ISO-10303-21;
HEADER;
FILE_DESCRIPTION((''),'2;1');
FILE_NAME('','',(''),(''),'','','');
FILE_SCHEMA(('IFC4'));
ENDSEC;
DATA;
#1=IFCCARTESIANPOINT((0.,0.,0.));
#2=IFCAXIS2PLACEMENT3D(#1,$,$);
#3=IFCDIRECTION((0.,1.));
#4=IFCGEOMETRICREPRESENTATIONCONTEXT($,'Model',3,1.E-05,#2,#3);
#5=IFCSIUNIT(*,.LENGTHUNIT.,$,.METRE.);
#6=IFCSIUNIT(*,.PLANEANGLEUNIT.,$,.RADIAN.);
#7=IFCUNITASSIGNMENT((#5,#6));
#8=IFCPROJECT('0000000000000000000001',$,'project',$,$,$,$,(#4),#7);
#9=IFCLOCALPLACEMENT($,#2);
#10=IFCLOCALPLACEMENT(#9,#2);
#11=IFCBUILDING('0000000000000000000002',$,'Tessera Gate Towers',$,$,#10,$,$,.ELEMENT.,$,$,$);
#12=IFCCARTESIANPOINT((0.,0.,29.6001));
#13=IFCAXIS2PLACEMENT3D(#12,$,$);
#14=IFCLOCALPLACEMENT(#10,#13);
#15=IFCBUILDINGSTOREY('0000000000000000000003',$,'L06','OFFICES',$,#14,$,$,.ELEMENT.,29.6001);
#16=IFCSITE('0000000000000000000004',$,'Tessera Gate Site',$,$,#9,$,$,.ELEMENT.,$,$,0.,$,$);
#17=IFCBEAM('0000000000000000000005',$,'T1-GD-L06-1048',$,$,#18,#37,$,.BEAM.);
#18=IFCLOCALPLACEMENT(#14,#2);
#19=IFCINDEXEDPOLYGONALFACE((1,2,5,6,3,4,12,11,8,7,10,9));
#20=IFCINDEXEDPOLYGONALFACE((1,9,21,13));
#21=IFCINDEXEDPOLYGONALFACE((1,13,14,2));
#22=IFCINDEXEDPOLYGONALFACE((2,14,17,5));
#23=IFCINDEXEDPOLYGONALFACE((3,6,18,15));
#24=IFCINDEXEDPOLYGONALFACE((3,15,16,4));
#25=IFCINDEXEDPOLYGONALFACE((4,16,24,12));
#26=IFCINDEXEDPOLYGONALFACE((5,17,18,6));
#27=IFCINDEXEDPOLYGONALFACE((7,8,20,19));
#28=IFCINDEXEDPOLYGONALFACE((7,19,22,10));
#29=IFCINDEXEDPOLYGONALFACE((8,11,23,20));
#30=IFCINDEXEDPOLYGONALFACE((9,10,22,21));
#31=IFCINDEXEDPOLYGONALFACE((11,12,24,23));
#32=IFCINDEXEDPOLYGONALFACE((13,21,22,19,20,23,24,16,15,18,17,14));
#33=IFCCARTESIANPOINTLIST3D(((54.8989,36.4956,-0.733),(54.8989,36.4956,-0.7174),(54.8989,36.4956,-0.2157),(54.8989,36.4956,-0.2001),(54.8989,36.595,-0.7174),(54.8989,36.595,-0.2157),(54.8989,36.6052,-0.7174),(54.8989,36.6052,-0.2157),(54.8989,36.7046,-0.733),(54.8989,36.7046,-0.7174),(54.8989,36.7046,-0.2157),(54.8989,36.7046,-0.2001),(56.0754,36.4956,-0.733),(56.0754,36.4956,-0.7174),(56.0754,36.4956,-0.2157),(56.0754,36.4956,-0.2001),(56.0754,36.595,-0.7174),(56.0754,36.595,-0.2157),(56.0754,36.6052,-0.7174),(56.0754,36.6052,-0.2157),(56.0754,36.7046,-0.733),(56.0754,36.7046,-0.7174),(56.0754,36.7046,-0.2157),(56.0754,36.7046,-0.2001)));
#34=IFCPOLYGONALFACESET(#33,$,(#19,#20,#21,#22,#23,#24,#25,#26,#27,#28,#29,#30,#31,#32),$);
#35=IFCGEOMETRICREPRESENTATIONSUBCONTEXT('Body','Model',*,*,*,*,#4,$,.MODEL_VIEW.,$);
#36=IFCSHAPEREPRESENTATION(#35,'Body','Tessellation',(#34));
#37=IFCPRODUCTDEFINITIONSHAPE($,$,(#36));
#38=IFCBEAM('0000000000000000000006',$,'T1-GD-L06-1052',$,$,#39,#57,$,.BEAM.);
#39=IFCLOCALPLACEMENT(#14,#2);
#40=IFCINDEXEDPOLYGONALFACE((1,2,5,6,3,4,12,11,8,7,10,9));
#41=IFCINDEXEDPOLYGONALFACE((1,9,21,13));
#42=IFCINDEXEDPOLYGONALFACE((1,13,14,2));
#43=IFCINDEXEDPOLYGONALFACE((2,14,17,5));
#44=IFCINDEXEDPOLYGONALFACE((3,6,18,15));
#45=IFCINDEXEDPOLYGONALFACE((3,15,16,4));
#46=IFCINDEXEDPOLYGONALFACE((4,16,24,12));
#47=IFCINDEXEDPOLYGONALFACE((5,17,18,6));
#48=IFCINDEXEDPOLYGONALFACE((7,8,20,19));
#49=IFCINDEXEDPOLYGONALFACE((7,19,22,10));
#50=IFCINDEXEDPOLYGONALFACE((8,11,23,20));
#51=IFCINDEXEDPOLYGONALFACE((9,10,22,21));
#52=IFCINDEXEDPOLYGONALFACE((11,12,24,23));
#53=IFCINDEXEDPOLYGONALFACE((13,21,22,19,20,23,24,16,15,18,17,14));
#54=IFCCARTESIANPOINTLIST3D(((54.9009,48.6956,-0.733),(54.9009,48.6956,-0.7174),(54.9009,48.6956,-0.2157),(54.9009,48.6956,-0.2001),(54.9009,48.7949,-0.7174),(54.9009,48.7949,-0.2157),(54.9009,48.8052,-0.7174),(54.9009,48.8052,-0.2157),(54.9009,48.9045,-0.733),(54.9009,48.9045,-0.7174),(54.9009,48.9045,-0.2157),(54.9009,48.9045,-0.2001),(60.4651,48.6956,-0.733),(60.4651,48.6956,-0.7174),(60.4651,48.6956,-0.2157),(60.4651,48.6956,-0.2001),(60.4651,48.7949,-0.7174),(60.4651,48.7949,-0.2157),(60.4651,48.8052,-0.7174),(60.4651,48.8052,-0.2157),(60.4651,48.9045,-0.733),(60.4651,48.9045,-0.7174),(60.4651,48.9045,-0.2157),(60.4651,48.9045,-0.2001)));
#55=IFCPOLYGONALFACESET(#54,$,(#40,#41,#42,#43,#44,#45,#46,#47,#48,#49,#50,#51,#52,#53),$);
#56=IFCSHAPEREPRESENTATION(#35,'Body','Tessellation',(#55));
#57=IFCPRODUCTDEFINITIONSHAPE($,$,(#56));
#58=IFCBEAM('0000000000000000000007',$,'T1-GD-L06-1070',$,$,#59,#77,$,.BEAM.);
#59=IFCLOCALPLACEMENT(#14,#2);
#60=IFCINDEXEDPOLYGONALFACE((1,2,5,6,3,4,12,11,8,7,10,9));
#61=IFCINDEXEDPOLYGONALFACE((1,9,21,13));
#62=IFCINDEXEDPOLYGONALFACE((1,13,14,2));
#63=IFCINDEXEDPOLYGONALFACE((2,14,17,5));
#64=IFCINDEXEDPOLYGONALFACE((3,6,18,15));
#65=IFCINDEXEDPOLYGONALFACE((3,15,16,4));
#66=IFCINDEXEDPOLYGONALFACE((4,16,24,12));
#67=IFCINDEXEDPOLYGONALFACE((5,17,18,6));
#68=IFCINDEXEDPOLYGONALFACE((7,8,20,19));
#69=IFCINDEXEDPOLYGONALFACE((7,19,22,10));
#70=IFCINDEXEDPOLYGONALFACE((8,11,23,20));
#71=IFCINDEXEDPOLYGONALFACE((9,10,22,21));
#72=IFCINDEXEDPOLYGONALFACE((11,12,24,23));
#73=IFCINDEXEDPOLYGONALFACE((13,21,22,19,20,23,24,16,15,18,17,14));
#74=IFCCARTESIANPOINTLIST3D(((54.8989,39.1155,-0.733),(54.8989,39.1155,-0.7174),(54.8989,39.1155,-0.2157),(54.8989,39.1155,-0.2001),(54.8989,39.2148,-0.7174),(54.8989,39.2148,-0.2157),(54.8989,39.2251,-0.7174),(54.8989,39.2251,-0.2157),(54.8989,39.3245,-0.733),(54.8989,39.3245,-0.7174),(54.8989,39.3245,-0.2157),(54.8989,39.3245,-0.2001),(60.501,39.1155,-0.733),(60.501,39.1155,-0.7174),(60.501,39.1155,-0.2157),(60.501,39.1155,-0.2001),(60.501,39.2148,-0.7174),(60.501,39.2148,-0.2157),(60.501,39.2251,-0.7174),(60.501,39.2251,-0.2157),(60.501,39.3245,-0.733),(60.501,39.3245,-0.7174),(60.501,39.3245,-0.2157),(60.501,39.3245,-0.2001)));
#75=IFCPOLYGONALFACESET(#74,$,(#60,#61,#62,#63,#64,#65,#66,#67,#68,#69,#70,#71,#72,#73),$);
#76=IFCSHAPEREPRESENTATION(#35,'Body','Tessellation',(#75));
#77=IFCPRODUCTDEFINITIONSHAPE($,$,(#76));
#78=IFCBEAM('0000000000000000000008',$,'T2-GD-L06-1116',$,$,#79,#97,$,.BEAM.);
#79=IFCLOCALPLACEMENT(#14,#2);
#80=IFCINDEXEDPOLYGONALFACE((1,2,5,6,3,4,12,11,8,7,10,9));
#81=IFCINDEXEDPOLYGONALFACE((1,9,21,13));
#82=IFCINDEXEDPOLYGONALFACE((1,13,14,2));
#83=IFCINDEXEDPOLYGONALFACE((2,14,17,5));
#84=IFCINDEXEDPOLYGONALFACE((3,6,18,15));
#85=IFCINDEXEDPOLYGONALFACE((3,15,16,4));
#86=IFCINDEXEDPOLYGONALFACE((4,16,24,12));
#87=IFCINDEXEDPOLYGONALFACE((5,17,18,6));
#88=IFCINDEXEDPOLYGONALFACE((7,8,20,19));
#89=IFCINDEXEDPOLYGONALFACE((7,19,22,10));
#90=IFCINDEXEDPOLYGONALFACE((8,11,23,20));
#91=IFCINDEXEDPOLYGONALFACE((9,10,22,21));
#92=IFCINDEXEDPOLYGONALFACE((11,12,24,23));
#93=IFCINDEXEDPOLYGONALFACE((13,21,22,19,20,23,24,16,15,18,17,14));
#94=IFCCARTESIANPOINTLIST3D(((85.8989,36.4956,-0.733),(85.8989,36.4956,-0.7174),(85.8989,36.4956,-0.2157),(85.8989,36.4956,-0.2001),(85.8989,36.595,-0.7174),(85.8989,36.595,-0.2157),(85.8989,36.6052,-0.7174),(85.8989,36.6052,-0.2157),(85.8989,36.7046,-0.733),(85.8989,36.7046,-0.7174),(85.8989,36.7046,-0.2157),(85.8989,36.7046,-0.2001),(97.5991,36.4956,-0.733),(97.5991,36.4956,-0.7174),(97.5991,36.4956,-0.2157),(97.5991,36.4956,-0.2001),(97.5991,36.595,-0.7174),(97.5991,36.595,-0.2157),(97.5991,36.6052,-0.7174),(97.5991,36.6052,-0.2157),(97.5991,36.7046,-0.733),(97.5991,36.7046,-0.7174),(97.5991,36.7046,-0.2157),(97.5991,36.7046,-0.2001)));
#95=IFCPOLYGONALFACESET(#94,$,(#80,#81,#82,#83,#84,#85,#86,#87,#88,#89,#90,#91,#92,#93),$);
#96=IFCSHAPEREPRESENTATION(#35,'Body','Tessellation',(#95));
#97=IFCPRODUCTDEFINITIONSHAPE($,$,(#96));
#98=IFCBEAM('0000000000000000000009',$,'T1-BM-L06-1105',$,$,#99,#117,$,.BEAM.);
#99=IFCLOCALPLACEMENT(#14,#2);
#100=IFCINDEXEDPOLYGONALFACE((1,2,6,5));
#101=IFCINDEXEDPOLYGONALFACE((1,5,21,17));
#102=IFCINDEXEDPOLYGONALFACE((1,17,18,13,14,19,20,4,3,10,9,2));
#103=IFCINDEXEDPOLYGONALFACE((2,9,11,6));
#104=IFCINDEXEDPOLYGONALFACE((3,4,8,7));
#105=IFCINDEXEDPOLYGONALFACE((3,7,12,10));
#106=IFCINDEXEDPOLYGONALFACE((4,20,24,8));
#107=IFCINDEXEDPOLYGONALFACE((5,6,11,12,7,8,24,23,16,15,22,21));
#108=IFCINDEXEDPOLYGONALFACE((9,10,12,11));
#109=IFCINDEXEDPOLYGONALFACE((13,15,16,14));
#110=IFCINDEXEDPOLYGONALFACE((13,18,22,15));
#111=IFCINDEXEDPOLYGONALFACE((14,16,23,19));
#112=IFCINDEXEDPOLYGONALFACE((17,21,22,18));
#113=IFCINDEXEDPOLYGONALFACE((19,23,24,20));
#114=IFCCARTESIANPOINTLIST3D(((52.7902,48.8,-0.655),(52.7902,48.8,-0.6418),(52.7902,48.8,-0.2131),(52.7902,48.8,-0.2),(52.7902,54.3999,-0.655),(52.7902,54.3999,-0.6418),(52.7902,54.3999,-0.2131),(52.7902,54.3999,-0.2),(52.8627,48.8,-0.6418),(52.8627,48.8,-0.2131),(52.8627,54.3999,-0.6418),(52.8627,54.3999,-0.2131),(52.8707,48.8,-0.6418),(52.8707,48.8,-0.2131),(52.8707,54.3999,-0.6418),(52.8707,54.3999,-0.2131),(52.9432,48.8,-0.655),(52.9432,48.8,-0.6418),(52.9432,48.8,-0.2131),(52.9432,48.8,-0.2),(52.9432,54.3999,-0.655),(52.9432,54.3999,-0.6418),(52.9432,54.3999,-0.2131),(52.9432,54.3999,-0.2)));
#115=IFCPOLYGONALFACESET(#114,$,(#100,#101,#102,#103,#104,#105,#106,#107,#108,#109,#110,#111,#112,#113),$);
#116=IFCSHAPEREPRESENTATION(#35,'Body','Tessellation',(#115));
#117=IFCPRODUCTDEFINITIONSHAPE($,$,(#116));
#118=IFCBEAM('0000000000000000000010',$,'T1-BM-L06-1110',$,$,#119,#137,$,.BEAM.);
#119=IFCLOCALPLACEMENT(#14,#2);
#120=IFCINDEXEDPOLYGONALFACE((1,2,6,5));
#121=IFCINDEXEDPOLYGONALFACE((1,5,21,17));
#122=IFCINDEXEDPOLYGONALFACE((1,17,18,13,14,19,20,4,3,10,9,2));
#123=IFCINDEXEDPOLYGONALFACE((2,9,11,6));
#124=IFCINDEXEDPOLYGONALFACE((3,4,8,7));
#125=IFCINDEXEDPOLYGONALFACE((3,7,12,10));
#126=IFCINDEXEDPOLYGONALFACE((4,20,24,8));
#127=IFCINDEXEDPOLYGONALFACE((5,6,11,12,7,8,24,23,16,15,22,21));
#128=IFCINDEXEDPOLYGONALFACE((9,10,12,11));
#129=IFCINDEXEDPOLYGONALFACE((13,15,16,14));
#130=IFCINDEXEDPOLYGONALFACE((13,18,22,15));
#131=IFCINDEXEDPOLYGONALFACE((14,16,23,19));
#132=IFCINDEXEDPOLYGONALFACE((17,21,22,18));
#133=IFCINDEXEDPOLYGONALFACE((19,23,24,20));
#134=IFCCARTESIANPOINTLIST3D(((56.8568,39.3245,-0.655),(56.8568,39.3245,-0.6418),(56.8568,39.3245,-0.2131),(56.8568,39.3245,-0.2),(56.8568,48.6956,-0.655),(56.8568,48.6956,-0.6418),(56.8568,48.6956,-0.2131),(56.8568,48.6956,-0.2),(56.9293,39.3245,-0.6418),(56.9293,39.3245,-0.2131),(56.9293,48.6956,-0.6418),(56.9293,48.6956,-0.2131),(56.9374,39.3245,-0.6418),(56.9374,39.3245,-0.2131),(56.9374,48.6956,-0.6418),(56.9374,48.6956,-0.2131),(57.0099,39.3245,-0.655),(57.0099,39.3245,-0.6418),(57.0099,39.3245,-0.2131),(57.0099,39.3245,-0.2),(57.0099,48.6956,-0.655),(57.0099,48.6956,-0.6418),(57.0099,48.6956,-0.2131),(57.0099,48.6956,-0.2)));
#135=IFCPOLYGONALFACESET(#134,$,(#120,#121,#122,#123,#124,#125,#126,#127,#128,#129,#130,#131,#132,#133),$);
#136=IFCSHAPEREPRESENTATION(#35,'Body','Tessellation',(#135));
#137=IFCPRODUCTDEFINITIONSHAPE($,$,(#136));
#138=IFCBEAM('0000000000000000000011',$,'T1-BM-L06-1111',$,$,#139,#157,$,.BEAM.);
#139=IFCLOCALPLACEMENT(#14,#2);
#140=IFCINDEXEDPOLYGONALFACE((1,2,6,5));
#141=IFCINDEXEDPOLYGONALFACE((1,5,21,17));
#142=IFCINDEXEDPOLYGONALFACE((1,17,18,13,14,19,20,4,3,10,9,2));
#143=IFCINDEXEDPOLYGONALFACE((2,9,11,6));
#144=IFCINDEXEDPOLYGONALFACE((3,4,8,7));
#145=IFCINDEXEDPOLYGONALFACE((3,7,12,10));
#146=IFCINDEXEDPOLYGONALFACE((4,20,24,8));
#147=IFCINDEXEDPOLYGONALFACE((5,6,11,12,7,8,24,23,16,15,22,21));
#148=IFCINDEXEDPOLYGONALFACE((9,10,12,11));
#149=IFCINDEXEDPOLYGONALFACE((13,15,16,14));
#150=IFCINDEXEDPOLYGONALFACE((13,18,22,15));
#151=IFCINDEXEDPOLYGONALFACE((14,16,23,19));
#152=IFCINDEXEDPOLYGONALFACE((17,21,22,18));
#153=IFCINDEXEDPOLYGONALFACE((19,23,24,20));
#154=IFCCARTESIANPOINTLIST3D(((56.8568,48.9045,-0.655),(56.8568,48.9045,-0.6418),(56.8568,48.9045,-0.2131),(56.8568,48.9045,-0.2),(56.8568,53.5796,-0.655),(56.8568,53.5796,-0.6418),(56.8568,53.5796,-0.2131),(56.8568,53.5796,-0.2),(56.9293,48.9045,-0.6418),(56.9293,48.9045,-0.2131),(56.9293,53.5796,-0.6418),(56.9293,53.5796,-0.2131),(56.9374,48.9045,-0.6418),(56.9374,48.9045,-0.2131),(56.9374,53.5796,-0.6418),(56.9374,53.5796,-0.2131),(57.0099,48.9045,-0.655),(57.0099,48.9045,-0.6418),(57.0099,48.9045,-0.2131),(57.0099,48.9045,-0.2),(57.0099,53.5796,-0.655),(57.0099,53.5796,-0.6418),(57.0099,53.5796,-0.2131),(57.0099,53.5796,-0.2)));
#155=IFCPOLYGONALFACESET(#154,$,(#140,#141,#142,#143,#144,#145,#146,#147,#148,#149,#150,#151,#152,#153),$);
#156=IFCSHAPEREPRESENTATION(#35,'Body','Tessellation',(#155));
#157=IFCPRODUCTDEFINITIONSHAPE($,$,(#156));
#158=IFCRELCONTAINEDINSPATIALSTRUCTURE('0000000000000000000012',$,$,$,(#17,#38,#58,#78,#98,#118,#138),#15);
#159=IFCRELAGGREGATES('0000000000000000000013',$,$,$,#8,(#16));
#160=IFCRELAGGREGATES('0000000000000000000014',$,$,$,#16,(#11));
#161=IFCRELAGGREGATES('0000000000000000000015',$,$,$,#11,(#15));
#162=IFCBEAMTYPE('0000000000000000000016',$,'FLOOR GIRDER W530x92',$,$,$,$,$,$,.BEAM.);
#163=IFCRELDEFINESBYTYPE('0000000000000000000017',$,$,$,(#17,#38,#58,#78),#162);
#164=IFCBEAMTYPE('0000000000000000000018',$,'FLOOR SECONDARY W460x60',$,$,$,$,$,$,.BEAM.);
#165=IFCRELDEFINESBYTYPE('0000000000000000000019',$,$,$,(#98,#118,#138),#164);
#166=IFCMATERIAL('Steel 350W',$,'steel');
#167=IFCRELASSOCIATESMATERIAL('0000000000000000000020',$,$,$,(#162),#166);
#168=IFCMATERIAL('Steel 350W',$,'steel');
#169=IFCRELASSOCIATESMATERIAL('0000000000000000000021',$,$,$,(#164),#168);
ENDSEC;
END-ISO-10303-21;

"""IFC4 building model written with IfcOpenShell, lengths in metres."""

from ifc_helpers import new_model, si_unit, direction, frame, origin, origin_2d, place, context, subcontext, project, spatial, i_section, extrude, material, material_profile, profile_set, type_object, element, save


model = new_model("IFC4")

# Units and contexts
model_context = context("Model", 3, precision=1e-05, world=origin(), true_north=direction((0.0, 1.0)))
body_context = subcontext(model_context, "Body", "Model", "MODEL_VIEW")
ifc_project = project(units=[si_unit("LENGTHUNIT", "METRE"), si_unit("PLANEANGLEUNIT", "RADIAN")], contexts=[model_context])

# Site, building, storey
site_placement = place(None, origin())
site = spatial("IfcSite", under=ifc_project, at=site_placement, Name="Tessera Gate Site", CompositionType="ELEMENT", RefElevation=0.0)
building_placement = place(site_placement, origin())
building = spatial("IfcBuilding", under=site, at=building_placement, Name="Tessera Gate Towers", CompositionType="ELEMENT")
storey_placement = place(building_placement, frame((0.0, 0.0, 29.6001)))
storey = spatial("IfcBuildingStorey", under=building, at=storey_placement, Name="L06", Description="OFFICES", CompositionType="ELEMENT", Elevation=29.6001)

# Beams
ifc_material_1 = material(Name="Steel 350W", Category="steel")
ifc_material_profile_1 = material_profile(ifc_material_1, i_section(OverallWidth=0.209, OverallDepth=0.533, WebThickness=0.0103, FlangeThickness=0.0156, at=origin_2d()), Name="W530x92")
ifc_profile_set_1 = profile_set([ifc_material_profile_1], Name="Steel 350W")
beam_type_1 = type_object("IfcBeamType", Name="FLOOR GIRDER W530x92", PredefinedType="BEAM", material=ifc_profile_set_1)
beam_1_placement = place(storey_placement, frame((54.8989, 36.6001, -0.4666), z_axis=(1.0, 0.0, 0.0), x_axis=(0.0, 1.0, 0.0)))
element("IfcBeam", 1, at=beam_1_placement, inside=storey, type_object=beam_type_1, Name="T1-GD-L06-1048", PredefinedType="BEAM", context=body_context, shape_type="SweptSolid", body=[
    extrude(i_section(OverallWidth=0.209, OverallDepth=0.533, WebThickness=0.0103, FlangeThickness=0.0156, at=origin_2d()), origin(), (0.0, 0.0, 1.0), 1.1765),
])
beam_2_placement = place(storey_placement, frame((54.9009, 48.8, -0.4666), z_axis=(1.0, 0.0, 0.0), x_axis=(0.0, 1.0, 0.0)))
element("IfcBeam", 2, at=beam_2_placement, inside=storey, type_object=beam_type_1, Name="T1-GD-L06-1052", PredefinedType="BEAM", context=body_context, shape_type="SweptSolid", body=[
    extrude(i_section(OverallWidth=0.209, OverallDepth=0.533, WebThickness=0.0103, FlangeThickness=0.0156, at=origin_2d()), origin(), (0.0, 0.0, 1.0), 5.5642),
])
beam_3_placement = place(storey_placement, frame((54.8989, 39.22, -0.4666), z_axis=(1.0, 0.0, 0.0), x_axis=(0.0, 1.0, 0.0)))
element("IfcBeam", 3, at=beam_3_placement, inside=storey, type_object=beam_type_1, Name="T1-GD-L06-1070", PredefinedType="BEAM", context=body_context, shape_type="SweptSolid", body=[
    extrude(i_section(OverallWidth=0.209, OverallDepth=0.533, WebThickness=0.0103, FlangeThickness=0.0156, at=origin_2d()), origin(), (0.0, 0.0, 1.0), 5.6021),
])
beam_4_placement = place(storey_placement, frame((85.8989, 36.6001, -0.4666), z_axis=(1.0, 0.0, 0.0), x_axis=(0.0, 1.0, 0.0)))
element("IfcBeam", 4, at=beam_4_placement, inside=storey, type_object=beam_type_1, Name="T2-GD-L06-1116", PredefinedType="BEAM", context=body_context, shape_type="SweptSolid", body=[
    extrude(i_section(OverallWidth=0.209, OverallDepth=0.533, WebThickness=0.0103, FlangeThickness=0.0156, at=origin_2d()), origin(), (0.0, 0.0, 1.0), 11.7002),
])
ifc_material_2 = material(Name="Steel 350W", Category="steel")
ifc_material_profile_2 = material_profile(ifc_material_2, i_section(OverallWidth=0.1531, OverallDepth=0.4551, WebThickness=0.0081, FlangeThickness=0.0132, at=origin_2d()), Name="W460x60")
ifc_profile_set_2 = profile_set([ifc_material_profile_2], Name="Steel 350W")
beam_type_2 = type_object("IfcBeamType", Name="FLOOR SECONDARY W460x60", PredefinedType="BEAM", material=ifc_profile_set_2)
beam_5_placement = place(storey_placement, frame((52.8667, 48.8, -0.4275), z_axis=(0.0, 1.0, 0.0), x_axis=(-1.0, 0.0, 0.0)))
element("IfcBeam", 5, at=beam_5_placement, inside=storey, type_object=beam_type_2, Name="T1-BM-L06-1105", PredefinedType="BEAM", context=body_context, shape_type="SweptSolid", body=[
    extrude(i_section(OverallWidth=0.1531, OverallDepth=0.4551, WebThickness=0.0081, FlangeThickness=0.0132, at=origin_2d()), origin(), (0.0, 0.0, 1.0), 5.5999),
])
beam_6_placement = place(storey_placement, frame((56.9333, 39.3245, -0.4275), z_axis=(0.0, 1.0, 0.0), x_axis=(-1.0, 0.0, 0.0)))
element("IfcBeam", 6, at=beam_6_placement, inside=storey, type_object=beam_type_2, Name="T1-BM-L06-1110", PredefinedType="BEAM", context=body_context, shape_type="SweptSolid", body=[
    extrude(i_section(OverallWidth=0.1531, OverallDepth=0.4551, WebThickness=0.0081, FlangeThickness=0.0132, at=origin_2d()), origin(), (0.0, 0.0, 1.0), 9.3711),
])
beam_7_placement = place(storey_placement, frame((56.9333, 48.9045, -0.4275), z_axis=(0.0, 1.0, 0.0), x_axis=(-1.0, 0.0, 0.0)))
element("IfcBeam", 7, at=beam_7_placement, inside=storey, type_object=beam_type_2, Name="T1-BM-L06-1111", PredefinedType="BEAM", context=body_context, shape_type="SweptSolid", body=[
    extrude(i_section(OverallWidth=0.1531, OverallDepth=0.4551, WebThickness=0.0081, FlangeThickness=0.0132, at=origin_2d()), origin(), (0.0, 0.0, 1.0), 4.675),
])

save(model, "model.ifc")
